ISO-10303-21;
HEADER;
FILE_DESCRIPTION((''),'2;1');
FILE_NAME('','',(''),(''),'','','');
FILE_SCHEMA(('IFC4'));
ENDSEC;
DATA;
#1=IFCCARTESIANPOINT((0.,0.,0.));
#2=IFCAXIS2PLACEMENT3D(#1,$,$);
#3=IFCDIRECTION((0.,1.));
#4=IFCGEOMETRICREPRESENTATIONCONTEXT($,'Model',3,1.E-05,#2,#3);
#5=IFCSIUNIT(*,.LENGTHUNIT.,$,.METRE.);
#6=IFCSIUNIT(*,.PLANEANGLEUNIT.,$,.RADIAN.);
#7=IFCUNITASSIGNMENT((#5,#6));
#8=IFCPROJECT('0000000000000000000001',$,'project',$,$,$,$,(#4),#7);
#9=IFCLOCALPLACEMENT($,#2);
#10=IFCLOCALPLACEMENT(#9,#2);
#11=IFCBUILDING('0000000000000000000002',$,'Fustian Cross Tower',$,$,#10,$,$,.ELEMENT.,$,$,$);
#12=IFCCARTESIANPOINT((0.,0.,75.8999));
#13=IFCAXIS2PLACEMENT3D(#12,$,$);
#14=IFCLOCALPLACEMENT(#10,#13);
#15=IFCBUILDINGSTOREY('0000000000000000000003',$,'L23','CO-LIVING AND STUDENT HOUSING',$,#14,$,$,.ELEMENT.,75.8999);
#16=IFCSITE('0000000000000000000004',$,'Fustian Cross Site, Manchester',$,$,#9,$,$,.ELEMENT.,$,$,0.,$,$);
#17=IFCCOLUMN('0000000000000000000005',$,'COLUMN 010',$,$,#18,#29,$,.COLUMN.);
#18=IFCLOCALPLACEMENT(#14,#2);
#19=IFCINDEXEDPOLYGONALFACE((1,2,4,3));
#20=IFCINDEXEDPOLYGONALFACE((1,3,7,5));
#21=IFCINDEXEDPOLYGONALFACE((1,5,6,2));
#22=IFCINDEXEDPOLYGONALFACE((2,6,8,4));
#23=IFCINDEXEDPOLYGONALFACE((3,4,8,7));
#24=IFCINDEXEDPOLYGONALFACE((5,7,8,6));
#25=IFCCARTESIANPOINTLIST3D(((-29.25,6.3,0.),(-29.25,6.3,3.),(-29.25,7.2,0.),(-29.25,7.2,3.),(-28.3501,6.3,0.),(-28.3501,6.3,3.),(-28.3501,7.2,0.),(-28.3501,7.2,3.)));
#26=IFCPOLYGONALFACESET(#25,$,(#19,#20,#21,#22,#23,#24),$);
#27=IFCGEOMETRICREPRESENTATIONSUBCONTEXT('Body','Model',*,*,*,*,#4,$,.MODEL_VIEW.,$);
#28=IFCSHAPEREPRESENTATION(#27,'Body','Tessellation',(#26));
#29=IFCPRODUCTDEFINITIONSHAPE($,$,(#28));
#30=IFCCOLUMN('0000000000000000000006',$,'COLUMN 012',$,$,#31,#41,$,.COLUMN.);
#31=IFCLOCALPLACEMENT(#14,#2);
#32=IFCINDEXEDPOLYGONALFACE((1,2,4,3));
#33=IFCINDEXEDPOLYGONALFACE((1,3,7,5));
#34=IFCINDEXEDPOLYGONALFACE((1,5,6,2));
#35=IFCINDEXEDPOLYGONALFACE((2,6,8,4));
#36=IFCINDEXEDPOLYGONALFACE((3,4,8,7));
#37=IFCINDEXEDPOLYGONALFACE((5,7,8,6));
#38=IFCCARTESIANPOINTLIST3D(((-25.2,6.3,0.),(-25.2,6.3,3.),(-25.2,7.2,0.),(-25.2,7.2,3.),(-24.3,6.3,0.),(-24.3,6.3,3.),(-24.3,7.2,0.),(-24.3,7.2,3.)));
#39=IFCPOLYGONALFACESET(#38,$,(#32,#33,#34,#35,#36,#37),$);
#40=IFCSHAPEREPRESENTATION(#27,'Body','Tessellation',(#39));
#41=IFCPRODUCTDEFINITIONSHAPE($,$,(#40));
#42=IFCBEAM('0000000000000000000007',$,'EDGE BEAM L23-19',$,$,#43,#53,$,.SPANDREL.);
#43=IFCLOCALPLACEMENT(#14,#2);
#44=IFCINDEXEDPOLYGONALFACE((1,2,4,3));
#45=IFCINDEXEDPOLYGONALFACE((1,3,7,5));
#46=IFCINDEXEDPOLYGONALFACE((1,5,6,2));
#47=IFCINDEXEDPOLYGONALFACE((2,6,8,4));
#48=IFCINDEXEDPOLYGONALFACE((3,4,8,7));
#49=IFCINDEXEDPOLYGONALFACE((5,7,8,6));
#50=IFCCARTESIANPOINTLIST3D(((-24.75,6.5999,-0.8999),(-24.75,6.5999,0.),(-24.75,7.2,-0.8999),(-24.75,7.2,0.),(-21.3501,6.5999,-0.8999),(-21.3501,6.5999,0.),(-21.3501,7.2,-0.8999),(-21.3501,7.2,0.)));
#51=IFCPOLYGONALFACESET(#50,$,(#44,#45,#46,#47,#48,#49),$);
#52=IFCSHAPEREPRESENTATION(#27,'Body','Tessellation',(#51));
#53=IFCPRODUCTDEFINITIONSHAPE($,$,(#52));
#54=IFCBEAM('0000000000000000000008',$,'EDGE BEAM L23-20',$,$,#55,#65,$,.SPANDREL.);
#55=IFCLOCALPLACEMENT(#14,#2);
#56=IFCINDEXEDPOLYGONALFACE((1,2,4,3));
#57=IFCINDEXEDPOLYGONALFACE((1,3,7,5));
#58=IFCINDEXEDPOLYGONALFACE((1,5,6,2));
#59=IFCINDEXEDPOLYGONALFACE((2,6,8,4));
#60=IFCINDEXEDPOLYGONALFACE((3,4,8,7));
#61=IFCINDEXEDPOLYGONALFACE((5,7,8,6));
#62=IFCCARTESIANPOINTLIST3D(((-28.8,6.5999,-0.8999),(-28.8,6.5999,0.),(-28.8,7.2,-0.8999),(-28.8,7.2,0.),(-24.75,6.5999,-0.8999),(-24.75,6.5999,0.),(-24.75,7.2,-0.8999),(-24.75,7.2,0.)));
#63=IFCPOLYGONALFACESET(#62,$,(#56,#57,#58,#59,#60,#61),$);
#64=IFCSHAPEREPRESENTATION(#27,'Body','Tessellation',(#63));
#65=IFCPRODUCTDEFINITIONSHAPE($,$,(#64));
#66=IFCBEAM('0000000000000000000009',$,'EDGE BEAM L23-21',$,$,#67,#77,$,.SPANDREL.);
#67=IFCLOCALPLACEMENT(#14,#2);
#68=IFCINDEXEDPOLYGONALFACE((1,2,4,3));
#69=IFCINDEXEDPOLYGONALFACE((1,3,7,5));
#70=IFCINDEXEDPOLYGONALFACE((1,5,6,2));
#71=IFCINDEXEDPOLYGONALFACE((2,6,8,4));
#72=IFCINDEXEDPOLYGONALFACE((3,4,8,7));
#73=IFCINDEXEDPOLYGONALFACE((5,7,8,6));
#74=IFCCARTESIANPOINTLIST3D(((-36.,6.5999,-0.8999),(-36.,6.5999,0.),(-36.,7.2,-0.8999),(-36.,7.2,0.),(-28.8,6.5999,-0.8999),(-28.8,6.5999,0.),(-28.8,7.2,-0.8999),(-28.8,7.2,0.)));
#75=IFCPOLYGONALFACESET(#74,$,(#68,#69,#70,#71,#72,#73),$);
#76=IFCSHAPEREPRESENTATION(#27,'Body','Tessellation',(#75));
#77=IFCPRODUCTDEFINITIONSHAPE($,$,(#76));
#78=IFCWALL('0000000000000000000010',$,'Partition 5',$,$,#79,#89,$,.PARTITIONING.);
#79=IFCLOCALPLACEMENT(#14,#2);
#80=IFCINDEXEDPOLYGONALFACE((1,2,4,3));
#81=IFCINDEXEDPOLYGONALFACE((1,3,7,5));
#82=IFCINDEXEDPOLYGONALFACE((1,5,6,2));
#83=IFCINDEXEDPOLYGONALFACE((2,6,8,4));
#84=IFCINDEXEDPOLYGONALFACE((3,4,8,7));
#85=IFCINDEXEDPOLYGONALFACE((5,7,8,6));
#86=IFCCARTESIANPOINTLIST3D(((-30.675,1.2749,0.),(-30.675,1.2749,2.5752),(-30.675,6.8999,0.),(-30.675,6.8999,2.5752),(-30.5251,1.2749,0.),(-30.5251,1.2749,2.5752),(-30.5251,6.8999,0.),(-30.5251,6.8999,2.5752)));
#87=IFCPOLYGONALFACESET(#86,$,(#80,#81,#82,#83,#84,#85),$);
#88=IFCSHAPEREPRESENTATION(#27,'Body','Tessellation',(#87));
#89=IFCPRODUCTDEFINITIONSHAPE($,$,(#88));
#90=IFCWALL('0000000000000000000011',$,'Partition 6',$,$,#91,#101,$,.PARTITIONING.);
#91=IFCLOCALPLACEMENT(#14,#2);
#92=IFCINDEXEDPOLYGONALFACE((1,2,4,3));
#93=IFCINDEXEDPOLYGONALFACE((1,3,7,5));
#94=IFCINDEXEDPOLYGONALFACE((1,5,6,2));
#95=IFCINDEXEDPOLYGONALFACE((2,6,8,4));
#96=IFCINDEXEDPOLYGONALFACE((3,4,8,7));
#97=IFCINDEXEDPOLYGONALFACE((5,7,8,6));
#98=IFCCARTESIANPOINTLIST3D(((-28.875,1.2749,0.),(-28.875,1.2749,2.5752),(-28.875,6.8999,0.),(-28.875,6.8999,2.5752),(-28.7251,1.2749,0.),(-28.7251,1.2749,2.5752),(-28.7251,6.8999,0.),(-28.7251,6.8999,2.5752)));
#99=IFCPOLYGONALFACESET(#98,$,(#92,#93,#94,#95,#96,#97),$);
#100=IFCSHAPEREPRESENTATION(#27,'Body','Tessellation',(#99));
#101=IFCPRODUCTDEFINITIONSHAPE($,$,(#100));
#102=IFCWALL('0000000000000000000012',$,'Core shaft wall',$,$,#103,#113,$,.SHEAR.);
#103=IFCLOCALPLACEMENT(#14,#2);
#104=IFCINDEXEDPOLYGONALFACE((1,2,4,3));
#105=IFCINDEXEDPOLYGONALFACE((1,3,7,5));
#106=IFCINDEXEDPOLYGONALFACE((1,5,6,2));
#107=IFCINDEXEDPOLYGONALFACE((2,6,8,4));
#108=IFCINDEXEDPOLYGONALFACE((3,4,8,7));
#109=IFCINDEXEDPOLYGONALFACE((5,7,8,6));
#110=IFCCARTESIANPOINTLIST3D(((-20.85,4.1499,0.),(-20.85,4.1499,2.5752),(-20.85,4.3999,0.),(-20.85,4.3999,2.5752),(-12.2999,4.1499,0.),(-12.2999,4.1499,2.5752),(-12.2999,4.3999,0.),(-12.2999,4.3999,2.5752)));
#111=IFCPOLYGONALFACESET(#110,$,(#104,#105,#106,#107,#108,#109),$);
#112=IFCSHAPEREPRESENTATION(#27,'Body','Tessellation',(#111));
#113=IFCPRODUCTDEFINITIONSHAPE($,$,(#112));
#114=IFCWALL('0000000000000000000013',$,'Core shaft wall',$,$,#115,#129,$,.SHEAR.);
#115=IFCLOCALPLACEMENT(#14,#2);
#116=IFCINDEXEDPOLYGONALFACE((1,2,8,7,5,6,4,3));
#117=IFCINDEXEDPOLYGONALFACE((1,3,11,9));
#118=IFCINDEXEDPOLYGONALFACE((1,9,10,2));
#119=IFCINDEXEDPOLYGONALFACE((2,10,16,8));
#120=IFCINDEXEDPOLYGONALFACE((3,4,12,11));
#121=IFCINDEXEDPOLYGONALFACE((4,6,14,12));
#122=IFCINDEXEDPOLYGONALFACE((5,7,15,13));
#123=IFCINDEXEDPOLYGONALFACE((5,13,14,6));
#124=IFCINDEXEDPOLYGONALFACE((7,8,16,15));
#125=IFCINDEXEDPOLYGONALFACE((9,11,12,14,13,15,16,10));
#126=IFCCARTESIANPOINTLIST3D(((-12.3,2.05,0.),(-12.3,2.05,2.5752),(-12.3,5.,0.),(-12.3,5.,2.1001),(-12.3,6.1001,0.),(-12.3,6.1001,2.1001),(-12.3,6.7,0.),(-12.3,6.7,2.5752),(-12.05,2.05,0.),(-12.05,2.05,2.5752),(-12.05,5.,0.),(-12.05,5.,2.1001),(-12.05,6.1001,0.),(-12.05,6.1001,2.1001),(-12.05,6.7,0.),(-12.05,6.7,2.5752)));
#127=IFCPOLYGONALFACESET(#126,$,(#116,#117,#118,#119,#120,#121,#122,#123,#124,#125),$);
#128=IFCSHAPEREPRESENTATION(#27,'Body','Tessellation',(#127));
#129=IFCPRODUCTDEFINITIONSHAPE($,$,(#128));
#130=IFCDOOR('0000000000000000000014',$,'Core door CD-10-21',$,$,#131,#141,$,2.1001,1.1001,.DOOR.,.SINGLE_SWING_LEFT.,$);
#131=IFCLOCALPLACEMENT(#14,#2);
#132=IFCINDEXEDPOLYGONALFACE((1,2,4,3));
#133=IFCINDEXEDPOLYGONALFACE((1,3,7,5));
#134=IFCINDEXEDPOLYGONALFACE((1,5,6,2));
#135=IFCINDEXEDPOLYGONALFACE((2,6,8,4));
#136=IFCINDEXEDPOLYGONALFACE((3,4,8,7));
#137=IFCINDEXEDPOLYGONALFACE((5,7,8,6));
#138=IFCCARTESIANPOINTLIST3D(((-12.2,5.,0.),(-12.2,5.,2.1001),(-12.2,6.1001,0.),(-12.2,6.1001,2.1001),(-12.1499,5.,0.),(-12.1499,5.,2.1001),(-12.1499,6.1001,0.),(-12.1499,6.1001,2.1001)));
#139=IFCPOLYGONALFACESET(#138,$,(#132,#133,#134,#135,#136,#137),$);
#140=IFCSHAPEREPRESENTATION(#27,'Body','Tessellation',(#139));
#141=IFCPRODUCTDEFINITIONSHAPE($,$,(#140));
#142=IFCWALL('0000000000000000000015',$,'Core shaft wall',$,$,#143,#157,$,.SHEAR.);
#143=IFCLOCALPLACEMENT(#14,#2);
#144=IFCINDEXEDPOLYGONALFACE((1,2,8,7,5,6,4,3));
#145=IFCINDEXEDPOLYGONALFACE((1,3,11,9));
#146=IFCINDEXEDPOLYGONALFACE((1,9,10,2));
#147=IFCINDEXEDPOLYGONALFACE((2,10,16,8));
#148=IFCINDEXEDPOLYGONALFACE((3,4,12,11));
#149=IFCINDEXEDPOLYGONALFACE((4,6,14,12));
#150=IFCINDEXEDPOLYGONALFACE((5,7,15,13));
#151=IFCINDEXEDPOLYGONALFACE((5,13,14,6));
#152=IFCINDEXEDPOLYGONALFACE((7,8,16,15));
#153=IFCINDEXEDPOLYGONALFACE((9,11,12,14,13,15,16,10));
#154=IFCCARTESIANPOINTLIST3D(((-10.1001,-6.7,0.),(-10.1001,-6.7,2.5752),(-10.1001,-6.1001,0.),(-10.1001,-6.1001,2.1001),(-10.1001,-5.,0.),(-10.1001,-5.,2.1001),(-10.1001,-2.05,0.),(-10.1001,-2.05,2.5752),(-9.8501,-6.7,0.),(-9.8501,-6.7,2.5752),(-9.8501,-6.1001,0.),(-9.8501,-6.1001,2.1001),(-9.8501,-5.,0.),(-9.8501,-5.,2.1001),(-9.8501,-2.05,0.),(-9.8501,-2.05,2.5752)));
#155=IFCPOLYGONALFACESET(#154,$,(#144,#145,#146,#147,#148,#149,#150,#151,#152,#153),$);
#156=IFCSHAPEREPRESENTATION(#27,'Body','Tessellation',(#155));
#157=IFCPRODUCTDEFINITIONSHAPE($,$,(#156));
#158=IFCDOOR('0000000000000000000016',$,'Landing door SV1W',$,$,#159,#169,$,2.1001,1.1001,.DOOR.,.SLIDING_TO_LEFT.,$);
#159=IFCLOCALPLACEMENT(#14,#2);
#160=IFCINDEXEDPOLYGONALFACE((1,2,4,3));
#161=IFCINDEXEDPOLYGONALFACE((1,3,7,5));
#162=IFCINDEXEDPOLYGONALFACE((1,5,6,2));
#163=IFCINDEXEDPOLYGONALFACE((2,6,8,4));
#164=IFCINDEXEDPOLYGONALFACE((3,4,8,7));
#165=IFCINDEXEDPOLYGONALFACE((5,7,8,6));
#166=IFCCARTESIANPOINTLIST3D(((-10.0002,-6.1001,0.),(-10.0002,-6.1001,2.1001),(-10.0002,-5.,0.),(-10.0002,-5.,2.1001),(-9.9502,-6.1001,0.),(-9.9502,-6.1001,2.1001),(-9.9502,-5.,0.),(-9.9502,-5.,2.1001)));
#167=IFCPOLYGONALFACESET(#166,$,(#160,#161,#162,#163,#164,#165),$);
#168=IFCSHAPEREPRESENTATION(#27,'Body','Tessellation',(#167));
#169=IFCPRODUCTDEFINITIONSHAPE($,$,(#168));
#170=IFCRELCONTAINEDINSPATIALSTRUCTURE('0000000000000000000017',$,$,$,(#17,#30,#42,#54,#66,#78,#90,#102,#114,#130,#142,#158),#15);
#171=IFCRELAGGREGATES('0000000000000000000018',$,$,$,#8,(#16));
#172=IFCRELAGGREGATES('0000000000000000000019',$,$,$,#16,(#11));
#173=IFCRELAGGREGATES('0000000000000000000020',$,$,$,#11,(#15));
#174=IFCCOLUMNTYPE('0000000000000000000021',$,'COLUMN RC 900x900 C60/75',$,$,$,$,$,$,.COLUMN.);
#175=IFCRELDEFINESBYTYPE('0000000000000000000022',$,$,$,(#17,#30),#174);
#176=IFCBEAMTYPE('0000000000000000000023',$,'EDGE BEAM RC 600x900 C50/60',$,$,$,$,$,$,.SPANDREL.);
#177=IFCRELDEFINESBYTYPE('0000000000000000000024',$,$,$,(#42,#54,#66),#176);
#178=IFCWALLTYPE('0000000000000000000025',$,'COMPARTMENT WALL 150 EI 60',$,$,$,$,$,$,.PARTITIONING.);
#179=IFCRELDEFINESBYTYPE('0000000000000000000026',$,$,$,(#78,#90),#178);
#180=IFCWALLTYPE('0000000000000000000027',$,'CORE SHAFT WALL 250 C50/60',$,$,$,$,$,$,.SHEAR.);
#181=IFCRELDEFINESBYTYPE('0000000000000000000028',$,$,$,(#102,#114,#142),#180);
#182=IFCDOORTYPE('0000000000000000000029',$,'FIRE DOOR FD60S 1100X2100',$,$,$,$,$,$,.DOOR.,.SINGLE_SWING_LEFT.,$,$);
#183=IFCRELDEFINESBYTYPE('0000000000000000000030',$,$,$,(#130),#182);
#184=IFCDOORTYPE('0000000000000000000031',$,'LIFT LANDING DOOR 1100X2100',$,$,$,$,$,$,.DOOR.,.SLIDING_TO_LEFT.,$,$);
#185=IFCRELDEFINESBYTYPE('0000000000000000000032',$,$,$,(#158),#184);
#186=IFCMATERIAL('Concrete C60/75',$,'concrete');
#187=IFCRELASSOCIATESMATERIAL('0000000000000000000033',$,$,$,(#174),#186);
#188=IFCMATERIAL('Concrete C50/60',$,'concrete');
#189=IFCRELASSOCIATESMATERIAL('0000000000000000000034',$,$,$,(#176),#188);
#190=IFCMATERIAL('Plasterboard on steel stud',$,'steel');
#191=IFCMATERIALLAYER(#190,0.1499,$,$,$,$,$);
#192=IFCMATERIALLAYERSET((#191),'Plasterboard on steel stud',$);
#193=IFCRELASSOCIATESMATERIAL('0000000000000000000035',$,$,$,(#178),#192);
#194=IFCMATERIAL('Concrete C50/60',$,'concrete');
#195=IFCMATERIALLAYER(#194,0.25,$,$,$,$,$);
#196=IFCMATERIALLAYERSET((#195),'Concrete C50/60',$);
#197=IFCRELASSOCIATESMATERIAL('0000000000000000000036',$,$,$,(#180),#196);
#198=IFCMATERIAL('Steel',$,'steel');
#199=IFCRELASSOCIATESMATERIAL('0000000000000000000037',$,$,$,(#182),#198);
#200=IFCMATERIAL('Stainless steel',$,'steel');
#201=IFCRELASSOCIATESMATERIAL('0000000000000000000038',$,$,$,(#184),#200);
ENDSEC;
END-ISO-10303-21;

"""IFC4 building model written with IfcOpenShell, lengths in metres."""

from ifc_helpers import new_model, si_unit, direction, frame, frame_2d, origin, origin_2d, place, context, subcontext, project, spatial, rectangle, extrude, material, layer, layer_set, material_profile, profile_set, type_object, element, fill, save


model = new_model("IFC4")

# Units and contexts
model_context = context("Model", 3, precision=1e-05, world=origin(), true_north=direction((0.0, 1.0)))
body_context = subcontext(model_context, "Body", "Model", "MODEL_VIEW")
ifc_project = project(units=[si_unit("LENGTHUNIT", "METRE"), si_unit("PLANEANGLEUNIT", "RADIAN")], contexts=[model_context])

# Site, building, storey
site_placement = place(None, origin())
site = spatial("IfcSite", under=ifc_project, at=site_placement, Name="Fustian Cross Site, Manchester", CompositionType="ELEMENT", RefElevation=0.0)
building_placement = place(site_placement, origin())
building = spatial("IfcBuilding", under=site, at=building_placement, Name="Fustian Cross Tower", CompositionType="ELEMENT")
storey_placement = place(building_placement, frame((0.0, 0.0, 75.8999)))
storey = spatial("IfcBuildingStorey", under=building, at=storey_placement, Name="L23", Description="CO-LIVING AND STUDENT HOUSING", CompositionType="ELEMENT", Elevation=75.8999)

# Columns
ifc_material_1 = material(Name="Concrete C60/75", Category="concrete")
ifc_material_profile_1 = material_profile(ifc_material_1, rectangle(XDim=0.8999, YDim=0.8999, at=origin_2d()), Name="RC 900x900")
ifc_profile_set_1 = profile_set([ifc_material_profile_1], Name="Concrete C60/75")
column_type = type_object("IfcColumnType", Name="COLUMN RC 900x900 C60/75", PredefinedType="COLUMN", material=ifc_profile_set_1)
for number, where, z_axis, x_axis, name in (
    (1, (-28.8, 6.75, 0.0), (0.0, 0.0, 1.0), (1.0, 0.0, 0.0), "COLUMN 010"),
    (2, (-24.75, 6.75, 0.0), (0.0, 0.0, 1.0), (1.0, 0.0, 0.0), "COLUMN 012"),
):
    element("IfcColumn", number, at=place(storey_placement, frame(where, z_axis=z_axis, x_axis=x_axis)), inside=storey, type_object=column_type, Name=name, PredefinedType="COLUMN", context=body_context, shape_type="SweptSolid", body=[
        extrude(rectangle(XDim=0.8999, YDim=0.8999, at=origin_2d()), origin(), (0.0, 0.0, 1.0), 3.0),
    ])

# Beams
ifc_material_2 = material(Name="Concrete C50/60", Category="concrete")
ifc_material_profile_2 = material_profile(ifc_material_2, rectangle(XDim=0.6001, YDim=0.8999, at=origin_2d()), Name="RC 600x900")
ifc_profile_set_2 = profile_set([ifc_material_profile_2], Name="Concrete C50/60")
beam_type = type_object("IfcBeamType", Name="EDGE BEAM RC 600x900 C50/60", PredefinedType="SPANDREL", material=ifc_profile_set_2)
beam_1_placement = place(storey_placement, frame((-21.3501, 6.8999, -0.45), z_axis=(-1.0, 0.0, 0.0), x_axis=(0.0, -1.0, 0.0)))
element("IfcBeam", 3, at=beam_1_placement, inside=storey, type_object=beam_type, Name="EDGE BEAM L23-19", PredefinedType="SPANDREL", context=body_context, shape_type="SweptSolid", body=[
    extrude(rectangle(XDim=0.6001, YDim=0.8999, at=origin_2d()), origin(), (0.0, 0.0, 1.0), 3.3999),
])
beam_2_placement = place(storey_placement, frame((-24.75, 6.8999, -0.45), z_axis=(-1.0, 0.0, 0.0), x_axis=(0.0, -1.0, 0.0)))
element("IfcBeam", 4, at=beam_2_placement, inside=storey, type_object=beam_type, Name="EDGE BEAM L23-20", PredefinedType="SPANDREL", context=body_context, shape_type="SweptSolid", body=[
    extrude(rectangle(XDim=0.6001, YDim=0.8999, at=origin_2d()), origin(), (0.0, 0.0, 1.0), 4.05),
])
beam_3_placement = place(storey_placement, frame((-28.8, 6.8999, -0.45), z_axis=(-1.0, 0.0, 0.0), x_axis=(0.0, -1.0, 0.0)))
element("IfcBeam", 5, at=beam_3_placement, inside=storey, type_object=beam_type, Name="EDGE BEAM L23-21", PredefinedType="SPANDREL", context=body_context, shape_type="SweptSolid", body=[
    extrude(rectangle(XDim=0.6001, YDim=0.8999, at=origin_2d()), origin(), (0.0, 0.0, 1.0), 7.2),
])

# Walls
ifc_material_3 = material(Name="Plasterboard on steel stud", Category="steel")
ifc_layer_1 = layer(ifc_material_3, 0.1499)
ifc_layer_set_1 = layer_set([ifc_layer_1], Name="Plasterboard on steel stud")
wall_type_1 = type_object("IfcWallType", Name="COMPARTMENT WALL 150 EI 60", PredefinedType="PARTITIONING", material=ifc_layer_set_1)
for number, where, z_axis, x_axis, name in (
    (6, (-30.6001, 1.2749, 0.0), (0.0, 0.0, 1.0), (0.0, 1.0, 0.0), "Partition 5"),
    (7, (-28.8, 1.2749, 0.0), (0.0, 0.0, 1.0), (0.0, 1.0, 0.0), "Partition 6"),
):
    element("IfcWall", number, at=place(storey_placement, frame(where, z_axis=z_axis, x_axis=x_axis)), inside=storey, type_object=wall_type_1, Name=name, PredefinedType="PARTITIONING", context=body_context, shape_type="SweptSolid", body=[
        extrude(rectangle(XDim=5.625, YDim=0.1499, at=frame_2d((2.8125, 0.0))), origin(), (0.0, 0.0, 1.0), 2.5752),
    ])
ifc_material_4 = material(Name="Concrete C50/60", Category="concrete")
ifc_layer_2 = layer(ifc_material_4, 0.25)
ifc_layer_set_2 = layer_set([ifc_layer_2], Name="Concrete C50/60")
wall_type_2 = type_object("IfcWallType", Name="CORE SHAFT WALL 250 C50/60", PredefinedType="SHEAR", material=ifc_layer_set_2)
wall_1_placement = place(storey_placement, frame((-12.3, 4.2749, 0.0), z_axis=(0.0, 0.0, 1.0), x_axis=(-1.0, 0.0, 0.0)))
element("IfcWall", 8, at=wall_1_placement, inside=storey, type_object=wall_type_2, Name="Core shaft wall", PredefinedType="SHEAR", context=body_context, shape_type="SweptSolid", body=[
    extrude(rectangle(XDim=8.55, YDim=0.25, at=frame_2d((4.2749, 0.0))), origin(), (0.0, 0.0, 1.0), 2.5752),
])

# Walls, openings, doors
wall_2_placement = place(storey_placement, frame((-12.175, 2.05, 0.0), z_axis=(0.0, 0.0, 1.0), x_axis=(0.0, 1.0, 0.0)))
wall_2 = element("IfcWall", 9, at=wall_2_placement, inside=storey, type_object=wall_type_2, Name="Core shaft wall", PredefinedType="SHEAR", context=body_context, shape_type="SweptSolid", body=[
    extrude(rectangle(XDim=4.6499, YDim=0.25, at=frame_2d((2.325, 0.0))), origin(), (0.0, 0.0, 1.0), 2.5752),
])
opening_1_placement = place(wall_2_placement, frame((2.95, 0.0, 0.0)))
opening_1 = element("IfcOpeningElement", 10, at=opening_1_placement, cuts=wall_2, PredefinedType="OPENING", context=body_context, shape_type="SweptSolid", body=[
    extrude(rectangle(XDim=1.1001, YDim=2.1001, at=frame_2d((0.55, 1.05))), frame((0.0, 0.135, 0.0), z_axis=(0.0, -1.0, 0.0), x_axis=(1.0, 0.0, 0.0)), (0.0, 0.0, 1.0), 0.27),
])
ifc_material_5 = material(Name="Steel", Category="steel")
door_type_1 = type_object("IfcDoorType", Name="FIRE DOOR FD60S 1100X2100", OperationType="SINGLE_SWING_LEFT", PredefinedType="DOOR", material=ifc_material_5)
door_1_placement = place(opening_1_placement, origin())
door_1 = element("IfcDoor", 11, at=door_1_placement, inside=storey, type_object=door_type_1, Name="Core door CD-10-21", OperationType="SINGLE_SWING_LEFT", OverallHeight=2.1001, OverallWidth=1.1001, PredefinedType="DOOR", context=body_context, shape_type="SweptSolid", body=[
    extrude(rectangle(XDim=1.1001, YDim=2.1001, at=frame_2d((0.55, 1.05))), frame((0.0, 0.0249, 0.0), z_axis=(0.0, -1.0, 0.0), x_axis=(1.0, 0.0, 0.0)), (0.0, 0.0, 1.0), 0.05),
])
fill(opening_1, door_1)
wall_3_placement = place(storey_placement, frame((-9.9751, -2.05, 0.0), z_axis=(0.0, 0.0, 1.0), x_axis=(0.0, -1.0, 0.0)))
wall_3 = element("IfcWall", 12, at=wall_3_placement, inside=storey, type_object=wall_type_2, Name="Core shaft wall", PredefinedType="SHEAR", context=body_context, shape_type="SweptSolid", body=[
    extrude(rectangle(XDim=4.6499, YDim=0.25, at=frame_2d((2.325, 0.0))), origin(), (0.0, 0.0, 1.0), 2.5752),
])
opening_2_placement = place(wall_3_placement, frame((2.95, 0.0, 0.0)))
opening_2 = element("IfcOpeningElement", 13, at=opening_2_placement, cuts=wall_3, PredefinedType="OPENING", context=body_context, shape_type="SweptSolid", body=[
    extrude(rectangle(XDim=1.1001, YDim=2.1001, at=frame_2d((0.55, 1.05))), frame((0.0, 0.135, 0.0), z_axis=(0.0, -1.0, 0.0), x_axis=(1.0, 0.0, 0.0)), (0.0, 0.0, 1.0), 0.27),
])
ifc_material_6 = material(Name="Stainless steel", Category="steel")
door_type_2 = type_object("IfcDoorType", Name="LIFT LANDING DOOR 1100X2100", OperationType="SLIDING_TO_LEFT", PredefinedType="DOOR", material=ifc_material_6)
door_2_placement = place(opening_2_placement, origin())
door_2 = element("IfcDoor", 14, at=door_2_placement, inside=storey, type_object=door_type_2, Name="Landing door SV1W", OperationType="SLIDING_TO_LEFT", OverallHeight=2.1001, OverallWidth=1.1001, PredefinedType="DOOR", context=body_context, shape_type="SweptSolid", body=[
    extrude(rectangle(XDim=1.1001, YDim=2.1001, at=frame_2d((0.55, 1.05))), frame((0.0, 0.0249, 0.0), z_axis=(0.0, -1.0, 0.0), x_axis=(1.0, 0.0, 0.0)), (0.0, 0.0, 1.0), 0.05),
])
fill(opening_2, door_2)

save(model, "model.ifc")
